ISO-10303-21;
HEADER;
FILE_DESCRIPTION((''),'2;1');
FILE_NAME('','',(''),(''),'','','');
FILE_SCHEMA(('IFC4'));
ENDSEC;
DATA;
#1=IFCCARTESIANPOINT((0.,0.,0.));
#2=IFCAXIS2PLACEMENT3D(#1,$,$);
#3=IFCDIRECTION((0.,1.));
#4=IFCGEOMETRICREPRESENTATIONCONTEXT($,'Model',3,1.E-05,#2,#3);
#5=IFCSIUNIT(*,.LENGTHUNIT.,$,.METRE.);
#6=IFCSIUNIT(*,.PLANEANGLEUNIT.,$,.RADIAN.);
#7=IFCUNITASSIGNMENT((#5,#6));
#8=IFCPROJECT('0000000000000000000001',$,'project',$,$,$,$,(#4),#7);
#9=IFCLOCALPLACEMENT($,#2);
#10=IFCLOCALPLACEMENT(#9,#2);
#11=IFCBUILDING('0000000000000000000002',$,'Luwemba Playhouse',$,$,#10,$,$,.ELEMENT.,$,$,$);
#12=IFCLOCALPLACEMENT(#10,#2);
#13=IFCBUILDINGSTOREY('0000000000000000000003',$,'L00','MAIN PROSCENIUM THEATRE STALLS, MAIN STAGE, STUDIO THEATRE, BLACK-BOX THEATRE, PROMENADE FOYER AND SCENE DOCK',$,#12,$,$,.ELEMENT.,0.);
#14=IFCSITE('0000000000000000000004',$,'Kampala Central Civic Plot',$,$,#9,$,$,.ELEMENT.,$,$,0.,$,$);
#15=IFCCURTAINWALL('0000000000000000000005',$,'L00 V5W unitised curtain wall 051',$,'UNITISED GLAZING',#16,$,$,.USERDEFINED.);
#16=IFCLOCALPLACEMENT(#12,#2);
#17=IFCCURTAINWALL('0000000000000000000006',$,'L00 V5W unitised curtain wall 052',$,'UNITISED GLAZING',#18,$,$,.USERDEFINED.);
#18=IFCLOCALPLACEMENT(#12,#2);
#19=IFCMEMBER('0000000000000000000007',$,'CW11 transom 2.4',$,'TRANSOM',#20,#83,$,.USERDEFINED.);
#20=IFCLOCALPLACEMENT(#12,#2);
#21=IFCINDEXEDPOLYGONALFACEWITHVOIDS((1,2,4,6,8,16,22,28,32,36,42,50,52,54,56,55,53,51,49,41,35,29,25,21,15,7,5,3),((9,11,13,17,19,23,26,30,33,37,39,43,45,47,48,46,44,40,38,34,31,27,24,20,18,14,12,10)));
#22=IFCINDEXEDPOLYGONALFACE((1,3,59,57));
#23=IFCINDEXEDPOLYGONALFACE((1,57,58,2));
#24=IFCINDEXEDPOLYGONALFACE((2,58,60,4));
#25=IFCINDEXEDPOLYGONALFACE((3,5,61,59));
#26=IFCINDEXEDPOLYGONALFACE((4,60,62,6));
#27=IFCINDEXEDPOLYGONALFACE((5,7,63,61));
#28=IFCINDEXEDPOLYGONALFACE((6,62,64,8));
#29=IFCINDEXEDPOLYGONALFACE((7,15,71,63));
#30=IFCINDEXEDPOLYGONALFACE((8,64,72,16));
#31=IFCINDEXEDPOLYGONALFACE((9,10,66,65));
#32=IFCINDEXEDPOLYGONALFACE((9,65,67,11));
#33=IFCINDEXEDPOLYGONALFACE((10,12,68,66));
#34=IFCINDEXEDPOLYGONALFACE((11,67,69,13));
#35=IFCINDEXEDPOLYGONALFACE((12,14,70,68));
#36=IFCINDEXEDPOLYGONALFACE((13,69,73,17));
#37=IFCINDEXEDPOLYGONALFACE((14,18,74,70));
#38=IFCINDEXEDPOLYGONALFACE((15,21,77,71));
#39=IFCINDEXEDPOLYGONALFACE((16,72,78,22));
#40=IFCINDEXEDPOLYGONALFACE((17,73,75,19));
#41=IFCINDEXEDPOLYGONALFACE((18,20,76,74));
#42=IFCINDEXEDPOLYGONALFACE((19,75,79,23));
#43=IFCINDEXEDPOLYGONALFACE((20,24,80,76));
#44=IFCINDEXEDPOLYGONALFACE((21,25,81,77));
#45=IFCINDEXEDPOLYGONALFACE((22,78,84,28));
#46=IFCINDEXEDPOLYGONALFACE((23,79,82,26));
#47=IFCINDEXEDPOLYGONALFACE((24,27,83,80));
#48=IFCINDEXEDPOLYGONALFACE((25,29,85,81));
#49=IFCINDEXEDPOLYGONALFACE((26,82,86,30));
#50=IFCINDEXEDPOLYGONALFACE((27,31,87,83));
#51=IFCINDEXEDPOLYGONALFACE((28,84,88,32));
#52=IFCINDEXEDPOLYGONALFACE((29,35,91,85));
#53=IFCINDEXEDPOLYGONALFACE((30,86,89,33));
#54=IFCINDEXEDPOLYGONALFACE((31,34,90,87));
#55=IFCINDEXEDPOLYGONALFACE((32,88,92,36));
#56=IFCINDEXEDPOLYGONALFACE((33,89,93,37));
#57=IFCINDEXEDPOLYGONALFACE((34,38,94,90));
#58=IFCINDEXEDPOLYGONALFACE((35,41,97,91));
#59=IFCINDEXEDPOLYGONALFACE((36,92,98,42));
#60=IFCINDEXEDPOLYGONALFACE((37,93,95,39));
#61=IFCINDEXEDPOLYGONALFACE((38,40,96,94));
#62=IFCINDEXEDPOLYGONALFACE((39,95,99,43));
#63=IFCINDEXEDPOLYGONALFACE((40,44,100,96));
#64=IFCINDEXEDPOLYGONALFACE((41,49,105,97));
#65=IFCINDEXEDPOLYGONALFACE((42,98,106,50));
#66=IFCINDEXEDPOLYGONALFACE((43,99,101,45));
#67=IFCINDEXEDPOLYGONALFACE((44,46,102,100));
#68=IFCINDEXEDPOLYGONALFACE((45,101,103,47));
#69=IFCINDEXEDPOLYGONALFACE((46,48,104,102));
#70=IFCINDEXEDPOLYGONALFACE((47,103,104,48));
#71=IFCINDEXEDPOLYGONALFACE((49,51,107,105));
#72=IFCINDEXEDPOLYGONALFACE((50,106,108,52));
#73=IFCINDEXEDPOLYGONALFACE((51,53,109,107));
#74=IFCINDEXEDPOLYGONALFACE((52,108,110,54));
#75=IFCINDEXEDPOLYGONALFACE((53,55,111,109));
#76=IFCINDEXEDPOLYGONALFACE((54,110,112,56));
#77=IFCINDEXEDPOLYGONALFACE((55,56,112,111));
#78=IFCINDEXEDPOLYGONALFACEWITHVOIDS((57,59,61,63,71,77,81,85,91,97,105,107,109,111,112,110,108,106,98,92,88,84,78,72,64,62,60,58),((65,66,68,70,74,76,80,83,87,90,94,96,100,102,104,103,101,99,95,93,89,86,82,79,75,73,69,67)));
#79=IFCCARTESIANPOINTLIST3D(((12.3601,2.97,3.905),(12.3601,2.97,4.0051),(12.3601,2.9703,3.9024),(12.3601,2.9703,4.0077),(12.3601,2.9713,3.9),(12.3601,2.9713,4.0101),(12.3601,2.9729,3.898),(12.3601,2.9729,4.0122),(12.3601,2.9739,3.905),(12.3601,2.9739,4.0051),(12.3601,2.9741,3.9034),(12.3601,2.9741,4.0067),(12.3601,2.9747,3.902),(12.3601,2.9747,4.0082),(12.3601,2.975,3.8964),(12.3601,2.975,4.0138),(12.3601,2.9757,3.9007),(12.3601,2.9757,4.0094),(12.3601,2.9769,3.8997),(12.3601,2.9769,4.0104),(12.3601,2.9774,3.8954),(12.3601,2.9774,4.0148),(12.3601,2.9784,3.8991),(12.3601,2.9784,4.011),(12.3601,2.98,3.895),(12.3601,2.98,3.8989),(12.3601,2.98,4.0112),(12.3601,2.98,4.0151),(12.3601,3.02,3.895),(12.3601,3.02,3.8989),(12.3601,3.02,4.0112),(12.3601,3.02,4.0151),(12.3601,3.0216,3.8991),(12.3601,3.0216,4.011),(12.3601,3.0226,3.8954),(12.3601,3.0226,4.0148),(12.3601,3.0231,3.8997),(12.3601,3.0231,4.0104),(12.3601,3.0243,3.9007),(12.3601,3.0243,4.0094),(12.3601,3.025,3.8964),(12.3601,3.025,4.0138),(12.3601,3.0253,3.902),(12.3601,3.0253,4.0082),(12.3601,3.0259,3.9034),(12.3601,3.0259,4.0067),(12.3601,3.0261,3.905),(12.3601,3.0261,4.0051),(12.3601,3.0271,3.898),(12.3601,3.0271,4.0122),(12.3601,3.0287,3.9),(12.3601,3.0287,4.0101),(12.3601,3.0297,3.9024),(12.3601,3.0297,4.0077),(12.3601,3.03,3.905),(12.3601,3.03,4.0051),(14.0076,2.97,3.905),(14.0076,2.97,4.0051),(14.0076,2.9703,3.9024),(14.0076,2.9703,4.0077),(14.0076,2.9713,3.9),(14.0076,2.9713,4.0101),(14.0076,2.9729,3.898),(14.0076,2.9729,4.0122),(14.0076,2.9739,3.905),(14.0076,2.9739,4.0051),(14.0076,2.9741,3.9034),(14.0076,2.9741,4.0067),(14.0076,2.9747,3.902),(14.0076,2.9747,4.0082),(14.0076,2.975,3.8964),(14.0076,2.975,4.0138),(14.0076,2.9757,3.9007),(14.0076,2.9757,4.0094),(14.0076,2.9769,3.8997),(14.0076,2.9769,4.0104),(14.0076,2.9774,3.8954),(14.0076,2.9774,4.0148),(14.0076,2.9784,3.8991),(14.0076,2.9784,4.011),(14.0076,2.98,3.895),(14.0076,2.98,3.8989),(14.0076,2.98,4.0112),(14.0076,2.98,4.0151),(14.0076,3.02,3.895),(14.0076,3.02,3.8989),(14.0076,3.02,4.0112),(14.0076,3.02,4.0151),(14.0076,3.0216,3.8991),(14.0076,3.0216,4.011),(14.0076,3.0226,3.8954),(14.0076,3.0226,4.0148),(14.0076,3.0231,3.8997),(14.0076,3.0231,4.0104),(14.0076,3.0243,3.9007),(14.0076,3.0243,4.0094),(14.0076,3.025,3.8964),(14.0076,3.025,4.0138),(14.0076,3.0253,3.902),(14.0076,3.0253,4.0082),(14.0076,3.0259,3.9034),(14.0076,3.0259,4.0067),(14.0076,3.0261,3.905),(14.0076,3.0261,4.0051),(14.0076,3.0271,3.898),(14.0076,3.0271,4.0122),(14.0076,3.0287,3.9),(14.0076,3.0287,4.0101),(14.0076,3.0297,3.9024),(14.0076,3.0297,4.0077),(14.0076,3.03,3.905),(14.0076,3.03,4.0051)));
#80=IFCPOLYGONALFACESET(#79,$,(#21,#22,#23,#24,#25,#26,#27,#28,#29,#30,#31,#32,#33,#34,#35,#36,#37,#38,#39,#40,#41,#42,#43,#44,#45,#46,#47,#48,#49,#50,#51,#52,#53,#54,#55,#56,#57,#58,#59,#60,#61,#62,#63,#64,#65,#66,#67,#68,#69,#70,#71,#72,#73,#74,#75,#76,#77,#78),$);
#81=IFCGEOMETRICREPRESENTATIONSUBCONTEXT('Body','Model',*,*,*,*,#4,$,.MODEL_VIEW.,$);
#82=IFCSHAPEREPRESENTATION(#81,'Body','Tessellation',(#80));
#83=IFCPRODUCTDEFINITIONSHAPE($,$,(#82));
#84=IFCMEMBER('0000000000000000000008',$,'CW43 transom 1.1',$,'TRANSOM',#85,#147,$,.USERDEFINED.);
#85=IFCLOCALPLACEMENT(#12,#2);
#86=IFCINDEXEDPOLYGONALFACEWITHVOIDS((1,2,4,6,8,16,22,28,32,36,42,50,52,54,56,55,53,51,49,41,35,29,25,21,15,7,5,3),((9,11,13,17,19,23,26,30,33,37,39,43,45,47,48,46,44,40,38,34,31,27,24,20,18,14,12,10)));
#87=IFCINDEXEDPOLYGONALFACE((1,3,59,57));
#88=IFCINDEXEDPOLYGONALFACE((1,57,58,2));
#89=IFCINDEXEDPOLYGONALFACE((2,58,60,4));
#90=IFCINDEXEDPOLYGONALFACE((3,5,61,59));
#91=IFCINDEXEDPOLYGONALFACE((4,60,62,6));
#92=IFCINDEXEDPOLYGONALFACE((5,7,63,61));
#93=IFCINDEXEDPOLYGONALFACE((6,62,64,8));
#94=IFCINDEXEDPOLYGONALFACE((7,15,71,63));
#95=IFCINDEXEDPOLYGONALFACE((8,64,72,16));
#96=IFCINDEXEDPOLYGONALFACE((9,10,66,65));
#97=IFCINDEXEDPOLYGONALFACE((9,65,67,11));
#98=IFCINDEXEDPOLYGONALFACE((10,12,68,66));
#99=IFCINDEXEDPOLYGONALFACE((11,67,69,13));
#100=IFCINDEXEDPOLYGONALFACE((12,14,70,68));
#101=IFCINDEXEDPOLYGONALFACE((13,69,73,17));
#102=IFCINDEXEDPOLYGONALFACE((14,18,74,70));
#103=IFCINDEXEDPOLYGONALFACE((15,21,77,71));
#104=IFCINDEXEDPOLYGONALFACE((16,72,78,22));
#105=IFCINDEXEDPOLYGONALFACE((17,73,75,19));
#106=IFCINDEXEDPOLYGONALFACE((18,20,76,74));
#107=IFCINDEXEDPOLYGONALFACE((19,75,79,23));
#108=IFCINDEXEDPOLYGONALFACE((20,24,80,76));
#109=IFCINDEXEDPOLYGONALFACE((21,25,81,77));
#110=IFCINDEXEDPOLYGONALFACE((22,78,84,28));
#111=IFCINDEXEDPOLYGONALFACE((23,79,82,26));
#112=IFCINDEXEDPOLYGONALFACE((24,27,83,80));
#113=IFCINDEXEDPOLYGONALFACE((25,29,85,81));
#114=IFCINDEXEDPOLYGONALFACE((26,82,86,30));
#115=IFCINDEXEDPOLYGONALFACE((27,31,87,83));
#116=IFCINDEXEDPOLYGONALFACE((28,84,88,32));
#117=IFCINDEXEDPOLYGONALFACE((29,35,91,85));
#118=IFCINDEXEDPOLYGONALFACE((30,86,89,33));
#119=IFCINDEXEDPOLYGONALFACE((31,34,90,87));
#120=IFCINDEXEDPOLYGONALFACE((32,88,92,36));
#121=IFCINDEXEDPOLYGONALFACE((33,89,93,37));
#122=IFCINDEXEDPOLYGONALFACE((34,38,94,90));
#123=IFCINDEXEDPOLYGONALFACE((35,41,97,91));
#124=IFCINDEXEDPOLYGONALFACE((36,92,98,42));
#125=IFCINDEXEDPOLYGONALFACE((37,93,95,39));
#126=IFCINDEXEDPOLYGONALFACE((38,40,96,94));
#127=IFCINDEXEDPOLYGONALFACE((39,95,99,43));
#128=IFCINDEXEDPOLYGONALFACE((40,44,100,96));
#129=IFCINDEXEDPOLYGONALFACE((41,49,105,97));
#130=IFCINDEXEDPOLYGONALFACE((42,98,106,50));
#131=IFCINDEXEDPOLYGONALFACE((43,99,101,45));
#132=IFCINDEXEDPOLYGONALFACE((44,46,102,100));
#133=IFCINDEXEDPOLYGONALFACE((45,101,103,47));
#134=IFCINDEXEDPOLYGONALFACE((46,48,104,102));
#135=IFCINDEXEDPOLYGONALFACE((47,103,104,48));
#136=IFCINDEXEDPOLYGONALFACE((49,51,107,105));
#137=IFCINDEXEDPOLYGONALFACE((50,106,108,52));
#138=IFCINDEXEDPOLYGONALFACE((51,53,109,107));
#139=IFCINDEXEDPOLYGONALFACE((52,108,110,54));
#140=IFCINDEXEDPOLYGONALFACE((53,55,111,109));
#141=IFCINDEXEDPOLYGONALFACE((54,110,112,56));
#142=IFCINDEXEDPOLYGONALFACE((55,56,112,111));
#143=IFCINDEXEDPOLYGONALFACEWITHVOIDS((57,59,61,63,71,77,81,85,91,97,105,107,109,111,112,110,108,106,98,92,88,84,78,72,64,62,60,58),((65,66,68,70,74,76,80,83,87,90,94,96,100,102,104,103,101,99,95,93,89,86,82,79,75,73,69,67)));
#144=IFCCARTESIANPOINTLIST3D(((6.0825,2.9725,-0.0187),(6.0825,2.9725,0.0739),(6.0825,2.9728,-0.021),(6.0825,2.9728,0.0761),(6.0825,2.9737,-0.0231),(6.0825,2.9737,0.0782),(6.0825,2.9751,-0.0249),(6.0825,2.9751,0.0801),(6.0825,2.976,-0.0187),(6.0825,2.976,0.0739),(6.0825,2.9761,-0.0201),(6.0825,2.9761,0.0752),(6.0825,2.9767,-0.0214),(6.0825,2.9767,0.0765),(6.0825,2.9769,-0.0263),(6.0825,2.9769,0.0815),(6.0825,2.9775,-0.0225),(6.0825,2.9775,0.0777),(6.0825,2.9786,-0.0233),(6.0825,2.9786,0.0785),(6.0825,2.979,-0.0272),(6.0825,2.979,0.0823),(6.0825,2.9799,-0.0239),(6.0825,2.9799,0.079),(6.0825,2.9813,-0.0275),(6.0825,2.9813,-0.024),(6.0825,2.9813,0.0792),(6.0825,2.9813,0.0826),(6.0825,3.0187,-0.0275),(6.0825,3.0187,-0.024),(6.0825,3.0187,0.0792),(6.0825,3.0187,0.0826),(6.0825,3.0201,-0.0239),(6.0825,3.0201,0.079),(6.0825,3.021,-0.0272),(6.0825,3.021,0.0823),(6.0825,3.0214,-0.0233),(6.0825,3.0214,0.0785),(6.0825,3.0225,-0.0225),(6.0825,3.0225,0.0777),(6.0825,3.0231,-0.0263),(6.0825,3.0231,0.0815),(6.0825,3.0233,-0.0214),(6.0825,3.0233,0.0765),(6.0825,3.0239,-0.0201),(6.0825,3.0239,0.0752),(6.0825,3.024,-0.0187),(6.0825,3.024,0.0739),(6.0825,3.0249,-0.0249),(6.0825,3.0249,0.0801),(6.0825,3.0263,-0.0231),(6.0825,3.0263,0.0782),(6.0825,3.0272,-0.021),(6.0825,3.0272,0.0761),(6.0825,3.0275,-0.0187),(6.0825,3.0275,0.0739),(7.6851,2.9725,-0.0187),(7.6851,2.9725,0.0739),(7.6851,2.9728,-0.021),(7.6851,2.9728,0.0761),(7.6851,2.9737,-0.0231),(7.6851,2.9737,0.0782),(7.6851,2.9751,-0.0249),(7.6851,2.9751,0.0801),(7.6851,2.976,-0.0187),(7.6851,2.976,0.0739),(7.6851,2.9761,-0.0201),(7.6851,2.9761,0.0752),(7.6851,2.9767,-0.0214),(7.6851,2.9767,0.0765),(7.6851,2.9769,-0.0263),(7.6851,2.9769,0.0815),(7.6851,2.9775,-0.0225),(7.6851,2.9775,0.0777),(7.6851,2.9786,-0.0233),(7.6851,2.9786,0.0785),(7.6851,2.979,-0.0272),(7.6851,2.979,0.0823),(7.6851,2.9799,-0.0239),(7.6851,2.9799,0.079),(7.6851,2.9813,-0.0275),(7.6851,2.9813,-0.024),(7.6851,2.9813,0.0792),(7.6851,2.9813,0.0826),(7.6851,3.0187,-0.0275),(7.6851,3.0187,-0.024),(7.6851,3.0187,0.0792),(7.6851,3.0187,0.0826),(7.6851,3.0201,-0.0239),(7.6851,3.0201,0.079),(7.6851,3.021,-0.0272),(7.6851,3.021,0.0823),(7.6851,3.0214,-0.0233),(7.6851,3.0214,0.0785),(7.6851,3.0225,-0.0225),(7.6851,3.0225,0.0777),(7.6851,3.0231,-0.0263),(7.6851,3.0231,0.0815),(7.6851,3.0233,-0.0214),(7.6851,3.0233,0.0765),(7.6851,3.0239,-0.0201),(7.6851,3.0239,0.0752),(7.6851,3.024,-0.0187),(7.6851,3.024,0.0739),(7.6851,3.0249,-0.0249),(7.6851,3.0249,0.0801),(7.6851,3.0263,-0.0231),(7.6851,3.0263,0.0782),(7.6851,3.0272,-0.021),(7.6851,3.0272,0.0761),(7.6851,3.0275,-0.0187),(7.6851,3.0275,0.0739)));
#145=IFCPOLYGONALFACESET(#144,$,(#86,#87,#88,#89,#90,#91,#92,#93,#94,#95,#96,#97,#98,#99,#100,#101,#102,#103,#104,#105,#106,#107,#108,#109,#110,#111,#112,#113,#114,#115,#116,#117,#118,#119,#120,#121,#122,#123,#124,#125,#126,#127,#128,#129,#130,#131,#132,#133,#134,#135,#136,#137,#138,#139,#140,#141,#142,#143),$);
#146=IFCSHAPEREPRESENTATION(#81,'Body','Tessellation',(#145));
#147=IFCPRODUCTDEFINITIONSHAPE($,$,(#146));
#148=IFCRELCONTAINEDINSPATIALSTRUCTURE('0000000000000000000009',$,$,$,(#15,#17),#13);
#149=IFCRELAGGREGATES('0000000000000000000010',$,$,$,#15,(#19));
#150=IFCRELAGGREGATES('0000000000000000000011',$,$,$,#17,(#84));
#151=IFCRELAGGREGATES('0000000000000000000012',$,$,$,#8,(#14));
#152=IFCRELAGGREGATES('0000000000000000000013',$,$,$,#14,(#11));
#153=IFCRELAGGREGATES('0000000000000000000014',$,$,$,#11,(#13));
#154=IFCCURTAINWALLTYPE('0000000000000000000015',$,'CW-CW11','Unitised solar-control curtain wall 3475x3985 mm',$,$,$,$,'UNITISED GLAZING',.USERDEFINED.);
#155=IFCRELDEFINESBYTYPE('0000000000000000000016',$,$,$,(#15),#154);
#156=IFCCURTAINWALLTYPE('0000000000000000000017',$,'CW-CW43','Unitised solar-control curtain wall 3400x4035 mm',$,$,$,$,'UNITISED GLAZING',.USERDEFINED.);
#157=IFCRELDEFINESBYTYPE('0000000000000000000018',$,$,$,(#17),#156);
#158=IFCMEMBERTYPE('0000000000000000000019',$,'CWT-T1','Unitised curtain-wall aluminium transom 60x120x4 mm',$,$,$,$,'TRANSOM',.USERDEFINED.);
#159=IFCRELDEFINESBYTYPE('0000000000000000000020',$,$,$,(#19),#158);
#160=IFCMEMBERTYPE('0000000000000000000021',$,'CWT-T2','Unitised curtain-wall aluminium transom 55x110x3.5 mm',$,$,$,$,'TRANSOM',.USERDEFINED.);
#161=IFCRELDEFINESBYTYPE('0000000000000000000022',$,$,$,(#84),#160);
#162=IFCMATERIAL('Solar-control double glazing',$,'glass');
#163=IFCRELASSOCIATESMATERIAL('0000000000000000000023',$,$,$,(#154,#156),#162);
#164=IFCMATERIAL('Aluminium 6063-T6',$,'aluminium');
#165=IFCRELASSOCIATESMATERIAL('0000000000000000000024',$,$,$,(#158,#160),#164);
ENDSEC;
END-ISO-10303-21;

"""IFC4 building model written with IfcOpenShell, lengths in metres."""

from ifc_helpers import new_model, si_unit, direction, frame, origin, origin_2d, place, context, subcontext, project, spatial, hollow_rectangle, extrude, material, material_profile, profile_set, type_object, element, aggregate, save


model = new_model("IFC4")

# Units and contexts
model_context = context("Model", 3, precision=1e-05, world=origin(), true_north=direction((0.0, 1.0)))
body_context = subcontext(model_context, "Body", "Model", "MODEL_VIEW")
ifc_project = project(units=[si_unit("LENGTHUNIT", "METRE"), si_unit("PLANEANGLEUNIT", "RADIAN")], contexts=[model_context])

# Site, building, storey
site_placement = place(None, origin())
site = spatial("IfcSite", under=ifc_project, at=site_placement, Name="Kampala Central Civic Plot", CompositionType="ELEMENT", RefElevation=0.0)
building_placement = place(site_placement, origin())
building = spatial("IfcBuilding", under=site, at=building_placement, Name="Luwemba Playhouse", CompositionType="ELEMENT")
storey_placement = place(building_placement, origin())
storey = spatial("IfcBuildingStorey", under=building, at=storey_placement, Name="L00", Description="MAIN PROSCENIUM THEATRE STALLS, MAIN STAGE, STUDIO THEATRE, BLACK-BOX THEATRE, PROMENADE FOYER AND SCENE DOCK", CompositionType="ELEMENT", Elevation=0.0)

# Curtain walls
ifc_material_1 = material(Name="Solar-control double glazing", Category="glass")
curtain_wall_type_1 = type_object("IfcCurtainWallType", Name="CW-CW11", Description="Unitised solar-control curtain wall 3475x3985 mm", ElementType="UNITISED GLAZING", PredefinedType="USERDEFINED", material=ifc_material_1)
curtain_wall_1_placement = place(storey_placement, origin())
curtain_wall_1 = element("IfcCurtainWall", 1, at=curtain_wall_1_placement, inside=storey, type_object=curtain_wall_type_1, Name="L00 V5W unitised curtain wall 051", ObjectType="UNITISED GLAZING", PredefinedType="USERDEFINED")
ifc_material_2 = material(Name="Aluminium 6063-T6", Category="aluminium")
curtain_wall_type_2 = type_object("IfcCurtainWallType", Name="CW-CW43", Description="Unitised solar-control curtain wall 3400x4035 mm", ElementType="UNITISED GLAZING", PredefinedType="USERDEFINED", material=ifc_material_1)
curtain_wall_2_placement = place(storey_placement, origin())
curtain_wall_2 = element("IfcCurtainWall", 2, at=curtain_wall_2_placement, inside=storey, type_object=curtain_wall_type_2, Name="L00 V5W unitised curtain wall 052", ObjectType="UNITISED GLAZING", PredefinedType="USERDEFINED")

# Members
ifc_material_profile_1 = material_profile(ifc_material_2, hollow_rectangle(XDim=0.0601, YDim=0.1201, WallThickness=0.0039, InnerFilletRadius=0.0061, OuterFilletRadius=0.01, at=origin_2d()))
ifc_profile_set_1 = profile_set([ifc_material_profile_1], Name="Aluminium 6063-T6")
member_type_1 = type_object("IfcMemberType", Name="CWT-T1", Description="Unitised curtain-wall aluminium transom 60x120x4 mm", ElementType="TRANSOM", PredefinedType="USERDEFINED", material=ifc_profile_set_1)
member_1_placement = place(storey_placement, frame((14.0076, 3.0, 3.9551), z_axis=(-1.0, 0.0, 0.0), x_axis=(0.0, -1.0, 0.0)))
member_1 = element("IfcMember", 3, at=member_1_placement, type_object=member_type_1, Name="CW11 transom 2.4", ObjectType="TRANSOM", PredefinedType="USERDEFINED", context=body_context, shape_type="SweptSolid", body=[
    extrude(hollow_rectangle(XDim=0.0601, YDim=0.1201, WallThickness=0.0039, InnerFilletRadius=0.0061, OuterFilletRadius=0.01, at=origin_2d()), origin(), (0.0, 0.0, 1.0), 1.6475),
])
ifc_material_profile_2 = material_profile(ifc_material_2, hollow_rectangle(XDim=0.0549, YDim=0.1101, WallThickness=0.0034, InnerFilletRadius=0.0054, OuterFilletRadius=0.0088, at=origin_2d()))
ifc_profile_set_2 = profile_set([ifc_material_profile_2], Name="Aluminium 6063-T6")
member_type_2 = type_object("IfcMemberType", Name="CWT-T2", Description="Unitised curtain-wall aluminium transom 55x110x3.5 mm", ElementType="TRANSOM", PredefinedType="USERDEFINED", material=ifc_profile_set_2)
member_2_placement = place(storey_placement, frame((7.6851, 3.0, 0.0276), z_axis=(-1.0, 0.0, 0.0), x_axis=(0.0, -1.0, 0.0)))
member_2 = element("IfcMember", 4, at=member_2_placement, type_object=member_type_2, Name="CW43 transom 1.1", ObjectType="TRANSOM", PredefinedType="USERDEFINED", context=body_context, shape_type="SweptSolid", body=[
    extrude(hollow_rectangle(XDim=0.0549, YDim=0.1101, WallThickness=0.0034, InnerFilletRadius=0.0054, OuterFilletRadius=0.0088, at=origin_2d()), origin(), (0.0, 0.0, 1.0), 1.6025),
])

aggregate(curtain_wall_1, [member_1])
aggregate(curtain_wall_2, [member_2])

save(model, "model.ifc")
